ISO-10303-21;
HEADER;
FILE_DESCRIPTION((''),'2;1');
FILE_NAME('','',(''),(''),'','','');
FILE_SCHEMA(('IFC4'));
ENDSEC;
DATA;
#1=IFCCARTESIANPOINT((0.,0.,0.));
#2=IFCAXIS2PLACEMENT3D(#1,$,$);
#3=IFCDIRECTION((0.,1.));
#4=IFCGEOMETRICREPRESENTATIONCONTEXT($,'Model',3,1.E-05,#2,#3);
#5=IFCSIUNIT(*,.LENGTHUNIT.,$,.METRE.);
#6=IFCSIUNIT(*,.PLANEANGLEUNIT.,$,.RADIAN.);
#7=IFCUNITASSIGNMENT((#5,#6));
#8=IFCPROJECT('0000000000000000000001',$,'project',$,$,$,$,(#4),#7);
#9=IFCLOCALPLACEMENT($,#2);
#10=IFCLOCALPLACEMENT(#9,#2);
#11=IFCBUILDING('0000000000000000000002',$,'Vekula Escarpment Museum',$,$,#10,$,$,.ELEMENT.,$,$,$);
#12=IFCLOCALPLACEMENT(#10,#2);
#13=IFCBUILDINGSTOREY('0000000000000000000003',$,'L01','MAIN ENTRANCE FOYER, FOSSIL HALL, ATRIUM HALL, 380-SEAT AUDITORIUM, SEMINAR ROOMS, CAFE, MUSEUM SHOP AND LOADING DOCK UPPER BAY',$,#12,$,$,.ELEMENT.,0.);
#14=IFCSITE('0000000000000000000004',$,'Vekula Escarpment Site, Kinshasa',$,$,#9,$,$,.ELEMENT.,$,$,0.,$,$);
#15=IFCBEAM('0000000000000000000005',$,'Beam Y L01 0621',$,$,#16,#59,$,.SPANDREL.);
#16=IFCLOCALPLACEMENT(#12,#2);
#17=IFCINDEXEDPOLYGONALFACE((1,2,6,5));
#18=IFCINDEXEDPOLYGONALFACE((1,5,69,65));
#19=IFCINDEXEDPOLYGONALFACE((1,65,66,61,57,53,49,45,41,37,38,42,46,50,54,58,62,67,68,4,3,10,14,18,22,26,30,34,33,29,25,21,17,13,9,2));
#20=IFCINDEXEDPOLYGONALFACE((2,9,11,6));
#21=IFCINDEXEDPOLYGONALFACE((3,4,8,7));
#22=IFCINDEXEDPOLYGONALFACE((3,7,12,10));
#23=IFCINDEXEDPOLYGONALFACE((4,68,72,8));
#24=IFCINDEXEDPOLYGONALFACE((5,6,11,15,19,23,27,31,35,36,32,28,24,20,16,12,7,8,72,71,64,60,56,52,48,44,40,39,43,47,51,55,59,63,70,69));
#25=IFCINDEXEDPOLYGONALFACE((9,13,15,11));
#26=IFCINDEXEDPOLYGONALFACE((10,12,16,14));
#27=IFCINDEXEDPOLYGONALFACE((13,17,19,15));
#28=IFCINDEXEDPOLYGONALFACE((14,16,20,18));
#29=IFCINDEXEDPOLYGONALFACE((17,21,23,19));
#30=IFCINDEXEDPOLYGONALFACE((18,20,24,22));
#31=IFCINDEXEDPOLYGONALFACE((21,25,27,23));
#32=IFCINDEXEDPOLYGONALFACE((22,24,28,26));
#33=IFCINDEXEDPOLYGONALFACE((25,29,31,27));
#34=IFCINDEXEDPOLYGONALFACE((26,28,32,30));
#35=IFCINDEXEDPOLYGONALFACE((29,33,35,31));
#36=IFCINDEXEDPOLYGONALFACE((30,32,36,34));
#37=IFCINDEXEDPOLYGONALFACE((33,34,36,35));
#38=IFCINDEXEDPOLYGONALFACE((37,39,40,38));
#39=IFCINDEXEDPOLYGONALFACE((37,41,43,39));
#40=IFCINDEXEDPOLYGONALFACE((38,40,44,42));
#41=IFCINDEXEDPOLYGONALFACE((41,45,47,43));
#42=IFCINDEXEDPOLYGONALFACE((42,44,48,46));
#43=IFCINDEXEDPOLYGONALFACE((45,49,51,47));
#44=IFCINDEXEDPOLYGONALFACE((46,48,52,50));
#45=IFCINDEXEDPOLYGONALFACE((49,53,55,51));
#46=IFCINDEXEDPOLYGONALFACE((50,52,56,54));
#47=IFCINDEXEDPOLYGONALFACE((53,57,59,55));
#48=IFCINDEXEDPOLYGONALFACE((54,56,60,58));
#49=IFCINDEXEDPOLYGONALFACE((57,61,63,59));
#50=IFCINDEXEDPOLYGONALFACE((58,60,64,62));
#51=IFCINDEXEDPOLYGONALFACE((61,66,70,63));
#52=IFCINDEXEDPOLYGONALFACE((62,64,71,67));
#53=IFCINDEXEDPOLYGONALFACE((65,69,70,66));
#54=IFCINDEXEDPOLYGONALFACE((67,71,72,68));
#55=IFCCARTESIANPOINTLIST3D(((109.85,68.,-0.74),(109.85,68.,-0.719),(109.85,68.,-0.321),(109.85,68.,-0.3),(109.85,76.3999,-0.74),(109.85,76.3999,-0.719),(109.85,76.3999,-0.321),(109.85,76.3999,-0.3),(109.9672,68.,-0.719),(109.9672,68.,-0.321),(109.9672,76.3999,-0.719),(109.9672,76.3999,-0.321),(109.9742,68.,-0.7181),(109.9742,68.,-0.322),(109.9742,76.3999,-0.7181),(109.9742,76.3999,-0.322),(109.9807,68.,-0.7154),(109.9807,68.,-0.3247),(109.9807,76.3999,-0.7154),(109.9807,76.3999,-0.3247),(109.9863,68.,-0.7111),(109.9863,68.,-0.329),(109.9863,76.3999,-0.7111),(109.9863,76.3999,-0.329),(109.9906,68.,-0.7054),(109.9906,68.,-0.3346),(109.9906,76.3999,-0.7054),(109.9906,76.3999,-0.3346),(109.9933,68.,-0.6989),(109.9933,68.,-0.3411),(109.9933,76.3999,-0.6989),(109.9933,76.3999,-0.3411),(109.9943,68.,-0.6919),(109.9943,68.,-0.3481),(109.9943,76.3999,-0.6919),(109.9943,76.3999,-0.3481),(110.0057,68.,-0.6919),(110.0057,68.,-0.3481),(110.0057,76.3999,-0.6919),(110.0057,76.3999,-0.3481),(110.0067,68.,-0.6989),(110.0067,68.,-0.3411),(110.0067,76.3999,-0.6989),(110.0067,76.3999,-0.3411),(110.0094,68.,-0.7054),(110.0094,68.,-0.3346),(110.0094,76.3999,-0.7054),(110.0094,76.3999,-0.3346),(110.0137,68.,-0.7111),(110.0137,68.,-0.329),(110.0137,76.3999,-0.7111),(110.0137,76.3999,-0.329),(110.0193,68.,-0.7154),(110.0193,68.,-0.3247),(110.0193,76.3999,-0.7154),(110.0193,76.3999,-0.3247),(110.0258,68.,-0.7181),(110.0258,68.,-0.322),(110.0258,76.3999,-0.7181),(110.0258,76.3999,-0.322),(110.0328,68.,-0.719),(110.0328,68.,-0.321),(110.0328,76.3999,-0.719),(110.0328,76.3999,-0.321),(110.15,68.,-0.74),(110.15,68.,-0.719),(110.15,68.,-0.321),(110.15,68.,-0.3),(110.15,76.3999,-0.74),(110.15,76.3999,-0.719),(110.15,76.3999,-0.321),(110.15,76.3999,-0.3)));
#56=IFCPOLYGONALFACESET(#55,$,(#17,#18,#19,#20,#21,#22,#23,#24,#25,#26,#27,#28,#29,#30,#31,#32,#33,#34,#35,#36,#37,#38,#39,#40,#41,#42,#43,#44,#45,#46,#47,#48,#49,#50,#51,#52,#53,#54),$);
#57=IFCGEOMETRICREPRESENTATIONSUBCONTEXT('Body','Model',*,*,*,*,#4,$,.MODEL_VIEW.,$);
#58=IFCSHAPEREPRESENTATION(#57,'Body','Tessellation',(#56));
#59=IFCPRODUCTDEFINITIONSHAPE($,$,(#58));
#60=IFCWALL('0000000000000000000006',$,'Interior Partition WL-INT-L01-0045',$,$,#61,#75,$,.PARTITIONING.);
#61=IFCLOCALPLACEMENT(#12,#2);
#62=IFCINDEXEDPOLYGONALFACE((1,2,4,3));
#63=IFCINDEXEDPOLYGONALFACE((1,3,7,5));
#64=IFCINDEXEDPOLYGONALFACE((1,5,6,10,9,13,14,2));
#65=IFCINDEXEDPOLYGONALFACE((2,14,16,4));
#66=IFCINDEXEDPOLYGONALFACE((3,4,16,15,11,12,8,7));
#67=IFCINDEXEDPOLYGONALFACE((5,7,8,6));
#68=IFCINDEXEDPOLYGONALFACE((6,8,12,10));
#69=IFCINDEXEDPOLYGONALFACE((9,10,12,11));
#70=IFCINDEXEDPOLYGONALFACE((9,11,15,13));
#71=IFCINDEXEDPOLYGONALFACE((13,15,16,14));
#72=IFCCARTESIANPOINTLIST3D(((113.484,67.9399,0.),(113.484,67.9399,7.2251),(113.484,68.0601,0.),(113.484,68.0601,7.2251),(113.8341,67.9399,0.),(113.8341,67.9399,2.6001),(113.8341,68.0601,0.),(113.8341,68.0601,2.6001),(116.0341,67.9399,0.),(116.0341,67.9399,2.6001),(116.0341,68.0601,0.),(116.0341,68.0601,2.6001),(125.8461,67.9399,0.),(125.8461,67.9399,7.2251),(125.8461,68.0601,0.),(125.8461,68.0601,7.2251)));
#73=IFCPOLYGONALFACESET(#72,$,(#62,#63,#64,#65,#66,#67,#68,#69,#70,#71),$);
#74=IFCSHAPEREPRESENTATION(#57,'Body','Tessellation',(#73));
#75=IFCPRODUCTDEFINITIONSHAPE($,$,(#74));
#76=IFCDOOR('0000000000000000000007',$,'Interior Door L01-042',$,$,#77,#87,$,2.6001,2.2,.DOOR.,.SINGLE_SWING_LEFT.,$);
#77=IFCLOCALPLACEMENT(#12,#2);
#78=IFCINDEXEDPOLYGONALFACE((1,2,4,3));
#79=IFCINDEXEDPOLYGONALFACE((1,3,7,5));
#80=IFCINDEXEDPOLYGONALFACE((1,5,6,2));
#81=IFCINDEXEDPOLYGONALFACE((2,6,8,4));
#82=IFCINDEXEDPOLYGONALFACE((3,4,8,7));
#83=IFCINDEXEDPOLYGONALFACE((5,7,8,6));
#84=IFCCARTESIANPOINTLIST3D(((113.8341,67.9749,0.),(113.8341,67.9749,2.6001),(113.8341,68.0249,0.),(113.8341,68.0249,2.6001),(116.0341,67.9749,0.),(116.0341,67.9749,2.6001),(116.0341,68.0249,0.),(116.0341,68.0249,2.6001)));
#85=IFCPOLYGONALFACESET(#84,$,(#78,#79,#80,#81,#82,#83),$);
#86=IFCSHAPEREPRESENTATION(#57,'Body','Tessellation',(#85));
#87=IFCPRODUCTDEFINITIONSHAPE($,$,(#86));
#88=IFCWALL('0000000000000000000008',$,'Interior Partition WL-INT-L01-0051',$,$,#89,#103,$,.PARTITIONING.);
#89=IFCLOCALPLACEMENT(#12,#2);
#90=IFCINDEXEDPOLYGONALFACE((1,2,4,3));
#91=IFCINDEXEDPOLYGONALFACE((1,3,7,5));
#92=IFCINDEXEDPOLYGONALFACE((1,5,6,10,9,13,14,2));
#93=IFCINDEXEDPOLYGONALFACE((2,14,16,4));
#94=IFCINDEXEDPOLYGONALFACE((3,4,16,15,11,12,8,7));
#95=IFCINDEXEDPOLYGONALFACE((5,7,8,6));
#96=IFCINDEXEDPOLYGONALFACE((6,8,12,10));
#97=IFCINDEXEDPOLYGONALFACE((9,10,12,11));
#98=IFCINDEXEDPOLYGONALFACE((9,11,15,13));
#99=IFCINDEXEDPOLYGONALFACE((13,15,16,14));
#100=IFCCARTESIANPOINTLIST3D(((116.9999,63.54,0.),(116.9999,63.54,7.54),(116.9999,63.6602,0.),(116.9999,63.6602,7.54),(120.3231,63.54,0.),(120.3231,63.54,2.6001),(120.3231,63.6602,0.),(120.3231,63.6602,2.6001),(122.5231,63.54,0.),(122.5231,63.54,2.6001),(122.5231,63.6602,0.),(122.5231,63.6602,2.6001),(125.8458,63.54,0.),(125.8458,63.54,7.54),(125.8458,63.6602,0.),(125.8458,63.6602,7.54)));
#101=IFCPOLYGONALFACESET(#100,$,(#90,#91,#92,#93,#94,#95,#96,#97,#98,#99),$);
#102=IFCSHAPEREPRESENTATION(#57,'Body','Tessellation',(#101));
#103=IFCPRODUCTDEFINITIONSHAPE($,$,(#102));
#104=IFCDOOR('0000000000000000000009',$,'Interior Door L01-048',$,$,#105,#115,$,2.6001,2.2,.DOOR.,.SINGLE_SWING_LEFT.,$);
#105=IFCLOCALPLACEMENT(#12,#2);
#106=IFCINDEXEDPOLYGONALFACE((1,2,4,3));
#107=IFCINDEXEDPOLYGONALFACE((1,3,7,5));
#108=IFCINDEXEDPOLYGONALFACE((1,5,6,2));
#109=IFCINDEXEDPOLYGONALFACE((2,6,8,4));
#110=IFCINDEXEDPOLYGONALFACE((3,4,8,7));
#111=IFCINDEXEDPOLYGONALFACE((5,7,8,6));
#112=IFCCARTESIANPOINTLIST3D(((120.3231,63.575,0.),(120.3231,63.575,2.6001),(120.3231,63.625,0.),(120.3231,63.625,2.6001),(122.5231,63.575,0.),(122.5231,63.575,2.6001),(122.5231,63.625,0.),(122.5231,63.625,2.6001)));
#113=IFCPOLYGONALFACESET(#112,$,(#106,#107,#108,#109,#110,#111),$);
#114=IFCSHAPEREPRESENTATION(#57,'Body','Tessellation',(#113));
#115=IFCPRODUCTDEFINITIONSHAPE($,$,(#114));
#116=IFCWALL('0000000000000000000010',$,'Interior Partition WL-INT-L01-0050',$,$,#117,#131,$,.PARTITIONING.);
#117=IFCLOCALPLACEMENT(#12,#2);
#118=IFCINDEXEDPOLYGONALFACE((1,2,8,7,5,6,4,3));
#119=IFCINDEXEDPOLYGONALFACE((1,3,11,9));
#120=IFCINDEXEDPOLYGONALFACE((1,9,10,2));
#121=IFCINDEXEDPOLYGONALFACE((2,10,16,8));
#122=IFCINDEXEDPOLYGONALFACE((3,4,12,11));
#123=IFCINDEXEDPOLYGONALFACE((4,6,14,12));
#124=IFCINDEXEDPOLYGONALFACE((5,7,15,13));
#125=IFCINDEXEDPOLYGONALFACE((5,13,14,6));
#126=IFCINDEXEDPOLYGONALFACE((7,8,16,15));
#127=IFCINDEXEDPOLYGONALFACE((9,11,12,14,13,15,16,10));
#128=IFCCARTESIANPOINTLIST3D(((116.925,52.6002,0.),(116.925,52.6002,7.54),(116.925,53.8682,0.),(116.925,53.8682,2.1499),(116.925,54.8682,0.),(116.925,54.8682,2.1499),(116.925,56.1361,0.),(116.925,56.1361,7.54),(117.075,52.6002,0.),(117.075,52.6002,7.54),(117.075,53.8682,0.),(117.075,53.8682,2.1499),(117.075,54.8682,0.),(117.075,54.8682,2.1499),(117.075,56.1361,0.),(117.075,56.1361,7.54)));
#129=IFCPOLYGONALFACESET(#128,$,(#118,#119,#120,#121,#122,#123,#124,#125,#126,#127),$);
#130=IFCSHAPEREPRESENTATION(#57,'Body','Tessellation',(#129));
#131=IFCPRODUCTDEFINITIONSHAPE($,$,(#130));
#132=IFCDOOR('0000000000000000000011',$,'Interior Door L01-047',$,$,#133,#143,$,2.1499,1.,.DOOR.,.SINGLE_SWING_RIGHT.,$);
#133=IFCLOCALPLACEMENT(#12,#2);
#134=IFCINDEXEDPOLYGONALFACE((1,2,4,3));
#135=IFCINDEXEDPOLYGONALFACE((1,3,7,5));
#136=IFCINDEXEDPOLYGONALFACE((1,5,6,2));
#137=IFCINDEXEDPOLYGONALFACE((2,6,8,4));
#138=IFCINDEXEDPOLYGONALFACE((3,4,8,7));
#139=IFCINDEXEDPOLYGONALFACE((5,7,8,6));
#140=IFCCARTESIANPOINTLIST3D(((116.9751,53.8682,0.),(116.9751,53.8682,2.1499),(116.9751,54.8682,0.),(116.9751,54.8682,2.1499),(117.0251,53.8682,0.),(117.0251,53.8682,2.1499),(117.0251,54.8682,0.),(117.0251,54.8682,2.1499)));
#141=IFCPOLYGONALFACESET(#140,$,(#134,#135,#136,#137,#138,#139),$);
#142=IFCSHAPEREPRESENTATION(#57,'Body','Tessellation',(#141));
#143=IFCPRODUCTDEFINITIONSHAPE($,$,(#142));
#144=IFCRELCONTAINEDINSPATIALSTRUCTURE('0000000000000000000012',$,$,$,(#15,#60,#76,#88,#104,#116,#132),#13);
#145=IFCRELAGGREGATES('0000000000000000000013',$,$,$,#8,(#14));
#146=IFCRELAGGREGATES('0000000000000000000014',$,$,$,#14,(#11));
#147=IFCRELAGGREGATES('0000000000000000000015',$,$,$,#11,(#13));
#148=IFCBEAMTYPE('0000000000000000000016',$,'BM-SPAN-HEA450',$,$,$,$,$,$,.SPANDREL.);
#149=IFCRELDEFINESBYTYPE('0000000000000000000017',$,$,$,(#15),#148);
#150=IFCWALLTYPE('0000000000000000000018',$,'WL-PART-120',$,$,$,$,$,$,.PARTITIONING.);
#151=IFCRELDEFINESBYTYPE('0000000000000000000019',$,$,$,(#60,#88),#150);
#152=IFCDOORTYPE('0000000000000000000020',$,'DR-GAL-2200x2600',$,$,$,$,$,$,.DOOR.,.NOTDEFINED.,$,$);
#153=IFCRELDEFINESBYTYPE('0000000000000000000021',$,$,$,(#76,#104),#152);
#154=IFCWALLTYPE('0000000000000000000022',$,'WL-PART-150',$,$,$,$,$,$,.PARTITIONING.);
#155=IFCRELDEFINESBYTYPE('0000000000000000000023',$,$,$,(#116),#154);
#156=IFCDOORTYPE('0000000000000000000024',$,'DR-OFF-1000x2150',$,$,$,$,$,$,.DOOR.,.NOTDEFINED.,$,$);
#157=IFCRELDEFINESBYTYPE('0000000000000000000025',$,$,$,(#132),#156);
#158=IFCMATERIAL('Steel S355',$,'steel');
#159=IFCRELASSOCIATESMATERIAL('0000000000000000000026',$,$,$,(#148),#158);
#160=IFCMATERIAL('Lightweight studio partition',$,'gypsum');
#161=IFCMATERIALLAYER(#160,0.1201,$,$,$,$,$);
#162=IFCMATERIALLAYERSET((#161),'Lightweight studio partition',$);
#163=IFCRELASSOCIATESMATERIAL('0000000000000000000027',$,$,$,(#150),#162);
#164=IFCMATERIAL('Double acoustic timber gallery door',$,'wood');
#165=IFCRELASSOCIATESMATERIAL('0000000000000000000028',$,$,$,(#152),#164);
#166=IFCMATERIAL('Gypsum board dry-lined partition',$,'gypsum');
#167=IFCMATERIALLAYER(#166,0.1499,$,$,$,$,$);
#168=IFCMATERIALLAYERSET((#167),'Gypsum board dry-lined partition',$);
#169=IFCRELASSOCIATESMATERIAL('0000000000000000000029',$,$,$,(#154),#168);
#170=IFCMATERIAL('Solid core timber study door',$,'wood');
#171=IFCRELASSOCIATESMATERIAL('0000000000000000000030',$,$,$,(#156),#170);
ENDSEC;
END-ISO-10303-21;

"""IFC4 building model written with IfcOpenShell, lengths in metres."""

from ifc_helpers import new_model, si_unit, direction, frame, frame_2d, origin, origin_2d, place, context, subcontext, project, spatial, rectangle, i_section, extrude, material, layer, layer_set, material_profile, profile_set, type_object, element, fill, save


model = new_model("IFC4")

# Units and contexts
model_context = context("Model", 3, precision=1e-05, world=origin(), true_north=direction((0.0, 1.0)))
body_context = subcontext(model_context, "Body", "Model", "MODEL_VIEW")
ifc_project = project(units=[si_unit("LENGTHUNIT", "METRE"), si_unit("PLANEANGLEUNIT", "RADIAN")], contexts=[model_context])

# Site, building, storey
site_placement = place(None, origin())
site = spatial("IfcSite", under=ifc_project, at=site_placement, Name="Vekula Escarpment Site, Kinshasa", CompositionType="ELEMENT", RefElevation=0.0)
building_placement = place(site_placement, origin())
building = spatial("IfcBuilding", under=site, at=building_placement, Name="Vekula Escarpment Museum", CompositionType="ELEMENT")
storey_placement = place(building_placement, origin())
storey = spatial("IfcBuildingStorey", under=building, at=storey_placement, Name="L01", Description="MAIN ENTRANCE FOYER, FOSSIL HALL, ATRIUM HALL, 380-SEAT AUDITORIUM, SEMINAR ROOMS, CAFE, MUSEUM SHOP AND LOADING DOCK UPPER BAY", CompositionType="ELEMENT", Elevation=0.0)

# Beam
ifc_material_1 = material(Name="Steel S355", Category="steel")
ifc_material_profile_1 = material_profile(ifc_material_1, i_section(OverallWidth=0.3, OverallDepth=0.4399, WebThickness=0.0115, FlangeThickness=0.021, FilletRadius=0.0271, at=origin_2d()), Name="HEA 450")
ifc_profile_set_1 = profile_set([ifc_material_profile_1], Name="Steel S355")
beam_type_1 = type_object("IfcBeamType", Name="BM-SPAN-HEA450", PredefinedType="SPANDREL", material=ifc_profile_set_1)
beam_1_placement = place(storey_placement, frame((110.0, 68.0, -0.52), z_axis=(0.0, 1.0, 0.0), x_axis=(-1.0, 0.0, 0.0)))
element("IfcBeam", 1, at=beam_1_placement, inside=storey, type_object=beam_type_1, Name="Beam Y L01 0621", PredefinedType="SPANDREL", context=body_context, shape_type="SweptSolid", body=[
    extrude(i_section(OverallWidth=0.3, OverallDepth=0.4399, WebThickness=0.0115, FlangeThickness=0.021, FilletRadius=0.0271, at=origin_2d()), origin(), (0.0, 0.0, 1.0), 8.3999),
])

# Walls, openings, doors
ifc_material_2 = material(Name="Lightweight studio partition", Category="gypsum")
ifc_layer_1 = layer(ifc_material_2, 0.1201)
ifc_layer_set_1 = layer_set([ifc_layer_1], Name="Lightweight studio partition")
wall_type_1 = type_object("IfcWallType", Name="WL-PART-120", PredefinedType="PARTITIONING", material=ifc_layer_set_1)
wall_1_placement = place(storey_placement, frame((113.4839, 68.0, 0.0), z_axis=(0.0, 0.0, 1.0), x_axis=(1.0, 0.0, 0.0)))
wall_1 = element("IfcWall", 2, at=wall_1_placement, inside=storey, type_object=wall_type_1, Name="Interior Partition WL-INT-L01-0045", PredefinedType="PARTITIONING", context=body_context, shape_type="SweptSolid", body=[
    extrude(rectangle(XDim=12.3621, YDim=0.1201, at=frame_2d((6.1812, 0.0))), origin(), (0.0, 0.0, 1.0), 7.2251),
])
opening_1_placement = place(wall_1_placement, frame((0.3501, 0.0, 0.0)))
opening_1 = element("IfcOpeningElement", 3, at=opening_1_placement, cuts=wall_1, PredefinedType="OPENING", context=body_context, shape_type="SweptSolid", body=[
    extrude(rectangle(XDim=2.2, YDim=2.6001, at=frame_2d((1.1001, 1.3))), frame((0.0, 0.0701, 0.0), z_axis=(0.0, -1.0, 0.0), x_axis=(1.0, 0.0, 0.0)), (0.0, 0.0, 1.0), 0.1401),
])
ifc_material_3 = material(Name="Double acoustic timber gallery door", Category="wood")
door_type_1 = type_object("IfcDoorType", Name="DR-GAL-2200x2600", OperationType="NOTDEFINED", PredefinedType="DOOR", material=ifc_material_3)
door_1_placement = place(opening_1_placement, origin())
door_1 = element("IfcDoor", 4, at=door_1_placement, inside=storey, type_object=door_type_1, Name="Interior Door L01-042", OperationType="SINGLE_SWING_LEFT", OverallHeight=2.6001, OverallWidth=2.2, PredefinedType="DOOR", context=body_context, shape_type="SweptSolid", body=[
    extrude(rectangle(XDim=2.2, YDim=2.6001, at=frame_2d((1.1001, 1.3))), frame((0.0, 0.0249, 0.0), z_axis=(0.0, -1.0, 0.0), x_axis=(1.0, 0.0, 0.0)), (0.0, 0.0, 1.0), 0.05),
])
fill(opening_1, door_1)
wall_2_placement = place(storey_placement, frame((117.0, 63.6001, 0.0), z_axis=(0.0, 0.0, 1.0), x_axis=(1.0, 0.0, 0.0)))
wall_2 = element("IfcWall", 5, at=wall_2_placement, inside=storey, type_object=wall_type_1, Name="Interior Partition WL-INT-L01-0051", PredefinedType="PARTITIONING", context=body_context, shape_type="SweptSolid", body=[
    extrude(rectangle(XDim=8.8459, YDim=0.1201, at=frame_2d((4.4229, 0.0))), origin(), (0.0, 0.0, 1.0), 7.54),
])
opening_2_placement = place(wall_2_placement, frame((3.323, 0.0, 0.0)))
opening_2 = element("IfcOpeningElement", 6, at=opening_2_placement, cuts=wall_2, PredefinedType="OPENING", context=body_context, shape_type="SweptSolid", body=[
    extrude(rectangle(XDim=2.2, YDim=2.6001, at=frame_2d((1.1001, 1.3))), frame((0.0, 0.0701, 0.0), z_axis=(0.0, -1.0, 0.0), x_axis=(1.0, 0.0, 0.0)), (0.0, 0.0, 1.0), 0.1401),
])
door_2_placement = place(opening_2_placement, origin())
door_2 = element("IfcDoor", 7, at=door_2_placement, inside=storey, type_object=door_type_1, Name="Interior Door L01-048", OperationType="SINGLE_SWING_LEFT", OverallHeight=2.6001, OverallWidth=2.2, PredefinedType="DOOR", context=body_context, shape_type="SweptSolid", body=[
    extrude(rectangle(XDim=2.2, YDim=2.6001, at=frame_2d((1.1001, 1.3))), frame((0.0, 0.0249, 0.0), z_axis=(0.0, -1.0, 0.0), x_axis=(1.0, 0.0, 0.0)), (0.0, 0.0, 1.0), 0.05),
])
fill(opening_2, door_2)
ifc_material_4 = material(Name="Gypsum board dry-lined partition", Category="gypsum")
ifc_layer_2 = layer(ifc_material_4, 0.1499)
ifc_layer_set_2 = layer_set([ifc_layer_2], Name="Gypsum board dry-lined partition")
wall_type_2 = type_object("IfcWallType", Name="WL-PART-150", PredefinedType="PARTITIONING", material=ifc_layer_set_2)
wall_3_placement = place(storey_placement, frame((117.0, 52.6001, 0.0), z_axis=(0.0, 0.0, 1.0), x_axis=(0.0, 1.0, 0.0)))
wall_3 = element("IfcWall", 8, at=wall_3_placement, inside=storey, type_object=wall_type_2, Name="Interior Partition WL-INT-L01-0050", PredefinedType="PARTITIONING", context=body_context, shape_type="SweptSolid", body=[
    extrude(rectangle(XDim=3.5359, YDim=0.1499, at=frame_2d((1.7681, 0.0))), origin(), (0.0, 0.0, 1.0), 7.54),
])
opening_3_placement = place(wall_3_placement, frame((1.2681, 0.0, 0.0)))
opening_3 = element("IfcOpeningElement", 9, at=opening_3_placement, cuts=wall_3, PredefinedType="OPENING", context=body_context, shape_type="SweptSolid", body=[
    extrude(rectangle(XDim=1.0, YDim=2.1499, at=frame_2d((0.5, 1.075))), frame((0.0, 0.085, 0.0), z_axis=(0.0, -1.0, 0.0), x_axis=(1.0, 0.0, 0.0)), (0.0, 0.0, 1.0), 0.1699),
])
ifc_material_5 = material(Name="Solid core timber study door", Category="wood")
door_type_2 = type_object("IfcDoorType", Name="DR-OFF-1000x2150", OperationType="NOTDEFINED", PredefinedType="DOOR", material=ifc_material_5)
door_3_placement = place(opening_3_placement, origin())
door_3 = element("IfcDoor", 10, at=door_3_placement, inside=storey, type_object=door_type_2, Name="Interior Door L01-047", OperationType="SINGLE_SWING_RIGHT", OverallHeight=2.1499, OverallWidth=1.0, PredefinedType="DOOR", context=body_context, shape_type="SweptSolid", body=[
    extrude(rectangle(XDim=1.0, YDim=2.1499, at=frame_2d((0.5, 1.075))), frame((0.0, 0.0249, 0.0), z_axis=(0.0, -1.0, 0.0), x_axis=(1.0, 0.0, 0.0)), (0.0, 0.0, 1.0), 0.05),
])
fill(opening_3, door_3)

save(model, "model.ifc")
